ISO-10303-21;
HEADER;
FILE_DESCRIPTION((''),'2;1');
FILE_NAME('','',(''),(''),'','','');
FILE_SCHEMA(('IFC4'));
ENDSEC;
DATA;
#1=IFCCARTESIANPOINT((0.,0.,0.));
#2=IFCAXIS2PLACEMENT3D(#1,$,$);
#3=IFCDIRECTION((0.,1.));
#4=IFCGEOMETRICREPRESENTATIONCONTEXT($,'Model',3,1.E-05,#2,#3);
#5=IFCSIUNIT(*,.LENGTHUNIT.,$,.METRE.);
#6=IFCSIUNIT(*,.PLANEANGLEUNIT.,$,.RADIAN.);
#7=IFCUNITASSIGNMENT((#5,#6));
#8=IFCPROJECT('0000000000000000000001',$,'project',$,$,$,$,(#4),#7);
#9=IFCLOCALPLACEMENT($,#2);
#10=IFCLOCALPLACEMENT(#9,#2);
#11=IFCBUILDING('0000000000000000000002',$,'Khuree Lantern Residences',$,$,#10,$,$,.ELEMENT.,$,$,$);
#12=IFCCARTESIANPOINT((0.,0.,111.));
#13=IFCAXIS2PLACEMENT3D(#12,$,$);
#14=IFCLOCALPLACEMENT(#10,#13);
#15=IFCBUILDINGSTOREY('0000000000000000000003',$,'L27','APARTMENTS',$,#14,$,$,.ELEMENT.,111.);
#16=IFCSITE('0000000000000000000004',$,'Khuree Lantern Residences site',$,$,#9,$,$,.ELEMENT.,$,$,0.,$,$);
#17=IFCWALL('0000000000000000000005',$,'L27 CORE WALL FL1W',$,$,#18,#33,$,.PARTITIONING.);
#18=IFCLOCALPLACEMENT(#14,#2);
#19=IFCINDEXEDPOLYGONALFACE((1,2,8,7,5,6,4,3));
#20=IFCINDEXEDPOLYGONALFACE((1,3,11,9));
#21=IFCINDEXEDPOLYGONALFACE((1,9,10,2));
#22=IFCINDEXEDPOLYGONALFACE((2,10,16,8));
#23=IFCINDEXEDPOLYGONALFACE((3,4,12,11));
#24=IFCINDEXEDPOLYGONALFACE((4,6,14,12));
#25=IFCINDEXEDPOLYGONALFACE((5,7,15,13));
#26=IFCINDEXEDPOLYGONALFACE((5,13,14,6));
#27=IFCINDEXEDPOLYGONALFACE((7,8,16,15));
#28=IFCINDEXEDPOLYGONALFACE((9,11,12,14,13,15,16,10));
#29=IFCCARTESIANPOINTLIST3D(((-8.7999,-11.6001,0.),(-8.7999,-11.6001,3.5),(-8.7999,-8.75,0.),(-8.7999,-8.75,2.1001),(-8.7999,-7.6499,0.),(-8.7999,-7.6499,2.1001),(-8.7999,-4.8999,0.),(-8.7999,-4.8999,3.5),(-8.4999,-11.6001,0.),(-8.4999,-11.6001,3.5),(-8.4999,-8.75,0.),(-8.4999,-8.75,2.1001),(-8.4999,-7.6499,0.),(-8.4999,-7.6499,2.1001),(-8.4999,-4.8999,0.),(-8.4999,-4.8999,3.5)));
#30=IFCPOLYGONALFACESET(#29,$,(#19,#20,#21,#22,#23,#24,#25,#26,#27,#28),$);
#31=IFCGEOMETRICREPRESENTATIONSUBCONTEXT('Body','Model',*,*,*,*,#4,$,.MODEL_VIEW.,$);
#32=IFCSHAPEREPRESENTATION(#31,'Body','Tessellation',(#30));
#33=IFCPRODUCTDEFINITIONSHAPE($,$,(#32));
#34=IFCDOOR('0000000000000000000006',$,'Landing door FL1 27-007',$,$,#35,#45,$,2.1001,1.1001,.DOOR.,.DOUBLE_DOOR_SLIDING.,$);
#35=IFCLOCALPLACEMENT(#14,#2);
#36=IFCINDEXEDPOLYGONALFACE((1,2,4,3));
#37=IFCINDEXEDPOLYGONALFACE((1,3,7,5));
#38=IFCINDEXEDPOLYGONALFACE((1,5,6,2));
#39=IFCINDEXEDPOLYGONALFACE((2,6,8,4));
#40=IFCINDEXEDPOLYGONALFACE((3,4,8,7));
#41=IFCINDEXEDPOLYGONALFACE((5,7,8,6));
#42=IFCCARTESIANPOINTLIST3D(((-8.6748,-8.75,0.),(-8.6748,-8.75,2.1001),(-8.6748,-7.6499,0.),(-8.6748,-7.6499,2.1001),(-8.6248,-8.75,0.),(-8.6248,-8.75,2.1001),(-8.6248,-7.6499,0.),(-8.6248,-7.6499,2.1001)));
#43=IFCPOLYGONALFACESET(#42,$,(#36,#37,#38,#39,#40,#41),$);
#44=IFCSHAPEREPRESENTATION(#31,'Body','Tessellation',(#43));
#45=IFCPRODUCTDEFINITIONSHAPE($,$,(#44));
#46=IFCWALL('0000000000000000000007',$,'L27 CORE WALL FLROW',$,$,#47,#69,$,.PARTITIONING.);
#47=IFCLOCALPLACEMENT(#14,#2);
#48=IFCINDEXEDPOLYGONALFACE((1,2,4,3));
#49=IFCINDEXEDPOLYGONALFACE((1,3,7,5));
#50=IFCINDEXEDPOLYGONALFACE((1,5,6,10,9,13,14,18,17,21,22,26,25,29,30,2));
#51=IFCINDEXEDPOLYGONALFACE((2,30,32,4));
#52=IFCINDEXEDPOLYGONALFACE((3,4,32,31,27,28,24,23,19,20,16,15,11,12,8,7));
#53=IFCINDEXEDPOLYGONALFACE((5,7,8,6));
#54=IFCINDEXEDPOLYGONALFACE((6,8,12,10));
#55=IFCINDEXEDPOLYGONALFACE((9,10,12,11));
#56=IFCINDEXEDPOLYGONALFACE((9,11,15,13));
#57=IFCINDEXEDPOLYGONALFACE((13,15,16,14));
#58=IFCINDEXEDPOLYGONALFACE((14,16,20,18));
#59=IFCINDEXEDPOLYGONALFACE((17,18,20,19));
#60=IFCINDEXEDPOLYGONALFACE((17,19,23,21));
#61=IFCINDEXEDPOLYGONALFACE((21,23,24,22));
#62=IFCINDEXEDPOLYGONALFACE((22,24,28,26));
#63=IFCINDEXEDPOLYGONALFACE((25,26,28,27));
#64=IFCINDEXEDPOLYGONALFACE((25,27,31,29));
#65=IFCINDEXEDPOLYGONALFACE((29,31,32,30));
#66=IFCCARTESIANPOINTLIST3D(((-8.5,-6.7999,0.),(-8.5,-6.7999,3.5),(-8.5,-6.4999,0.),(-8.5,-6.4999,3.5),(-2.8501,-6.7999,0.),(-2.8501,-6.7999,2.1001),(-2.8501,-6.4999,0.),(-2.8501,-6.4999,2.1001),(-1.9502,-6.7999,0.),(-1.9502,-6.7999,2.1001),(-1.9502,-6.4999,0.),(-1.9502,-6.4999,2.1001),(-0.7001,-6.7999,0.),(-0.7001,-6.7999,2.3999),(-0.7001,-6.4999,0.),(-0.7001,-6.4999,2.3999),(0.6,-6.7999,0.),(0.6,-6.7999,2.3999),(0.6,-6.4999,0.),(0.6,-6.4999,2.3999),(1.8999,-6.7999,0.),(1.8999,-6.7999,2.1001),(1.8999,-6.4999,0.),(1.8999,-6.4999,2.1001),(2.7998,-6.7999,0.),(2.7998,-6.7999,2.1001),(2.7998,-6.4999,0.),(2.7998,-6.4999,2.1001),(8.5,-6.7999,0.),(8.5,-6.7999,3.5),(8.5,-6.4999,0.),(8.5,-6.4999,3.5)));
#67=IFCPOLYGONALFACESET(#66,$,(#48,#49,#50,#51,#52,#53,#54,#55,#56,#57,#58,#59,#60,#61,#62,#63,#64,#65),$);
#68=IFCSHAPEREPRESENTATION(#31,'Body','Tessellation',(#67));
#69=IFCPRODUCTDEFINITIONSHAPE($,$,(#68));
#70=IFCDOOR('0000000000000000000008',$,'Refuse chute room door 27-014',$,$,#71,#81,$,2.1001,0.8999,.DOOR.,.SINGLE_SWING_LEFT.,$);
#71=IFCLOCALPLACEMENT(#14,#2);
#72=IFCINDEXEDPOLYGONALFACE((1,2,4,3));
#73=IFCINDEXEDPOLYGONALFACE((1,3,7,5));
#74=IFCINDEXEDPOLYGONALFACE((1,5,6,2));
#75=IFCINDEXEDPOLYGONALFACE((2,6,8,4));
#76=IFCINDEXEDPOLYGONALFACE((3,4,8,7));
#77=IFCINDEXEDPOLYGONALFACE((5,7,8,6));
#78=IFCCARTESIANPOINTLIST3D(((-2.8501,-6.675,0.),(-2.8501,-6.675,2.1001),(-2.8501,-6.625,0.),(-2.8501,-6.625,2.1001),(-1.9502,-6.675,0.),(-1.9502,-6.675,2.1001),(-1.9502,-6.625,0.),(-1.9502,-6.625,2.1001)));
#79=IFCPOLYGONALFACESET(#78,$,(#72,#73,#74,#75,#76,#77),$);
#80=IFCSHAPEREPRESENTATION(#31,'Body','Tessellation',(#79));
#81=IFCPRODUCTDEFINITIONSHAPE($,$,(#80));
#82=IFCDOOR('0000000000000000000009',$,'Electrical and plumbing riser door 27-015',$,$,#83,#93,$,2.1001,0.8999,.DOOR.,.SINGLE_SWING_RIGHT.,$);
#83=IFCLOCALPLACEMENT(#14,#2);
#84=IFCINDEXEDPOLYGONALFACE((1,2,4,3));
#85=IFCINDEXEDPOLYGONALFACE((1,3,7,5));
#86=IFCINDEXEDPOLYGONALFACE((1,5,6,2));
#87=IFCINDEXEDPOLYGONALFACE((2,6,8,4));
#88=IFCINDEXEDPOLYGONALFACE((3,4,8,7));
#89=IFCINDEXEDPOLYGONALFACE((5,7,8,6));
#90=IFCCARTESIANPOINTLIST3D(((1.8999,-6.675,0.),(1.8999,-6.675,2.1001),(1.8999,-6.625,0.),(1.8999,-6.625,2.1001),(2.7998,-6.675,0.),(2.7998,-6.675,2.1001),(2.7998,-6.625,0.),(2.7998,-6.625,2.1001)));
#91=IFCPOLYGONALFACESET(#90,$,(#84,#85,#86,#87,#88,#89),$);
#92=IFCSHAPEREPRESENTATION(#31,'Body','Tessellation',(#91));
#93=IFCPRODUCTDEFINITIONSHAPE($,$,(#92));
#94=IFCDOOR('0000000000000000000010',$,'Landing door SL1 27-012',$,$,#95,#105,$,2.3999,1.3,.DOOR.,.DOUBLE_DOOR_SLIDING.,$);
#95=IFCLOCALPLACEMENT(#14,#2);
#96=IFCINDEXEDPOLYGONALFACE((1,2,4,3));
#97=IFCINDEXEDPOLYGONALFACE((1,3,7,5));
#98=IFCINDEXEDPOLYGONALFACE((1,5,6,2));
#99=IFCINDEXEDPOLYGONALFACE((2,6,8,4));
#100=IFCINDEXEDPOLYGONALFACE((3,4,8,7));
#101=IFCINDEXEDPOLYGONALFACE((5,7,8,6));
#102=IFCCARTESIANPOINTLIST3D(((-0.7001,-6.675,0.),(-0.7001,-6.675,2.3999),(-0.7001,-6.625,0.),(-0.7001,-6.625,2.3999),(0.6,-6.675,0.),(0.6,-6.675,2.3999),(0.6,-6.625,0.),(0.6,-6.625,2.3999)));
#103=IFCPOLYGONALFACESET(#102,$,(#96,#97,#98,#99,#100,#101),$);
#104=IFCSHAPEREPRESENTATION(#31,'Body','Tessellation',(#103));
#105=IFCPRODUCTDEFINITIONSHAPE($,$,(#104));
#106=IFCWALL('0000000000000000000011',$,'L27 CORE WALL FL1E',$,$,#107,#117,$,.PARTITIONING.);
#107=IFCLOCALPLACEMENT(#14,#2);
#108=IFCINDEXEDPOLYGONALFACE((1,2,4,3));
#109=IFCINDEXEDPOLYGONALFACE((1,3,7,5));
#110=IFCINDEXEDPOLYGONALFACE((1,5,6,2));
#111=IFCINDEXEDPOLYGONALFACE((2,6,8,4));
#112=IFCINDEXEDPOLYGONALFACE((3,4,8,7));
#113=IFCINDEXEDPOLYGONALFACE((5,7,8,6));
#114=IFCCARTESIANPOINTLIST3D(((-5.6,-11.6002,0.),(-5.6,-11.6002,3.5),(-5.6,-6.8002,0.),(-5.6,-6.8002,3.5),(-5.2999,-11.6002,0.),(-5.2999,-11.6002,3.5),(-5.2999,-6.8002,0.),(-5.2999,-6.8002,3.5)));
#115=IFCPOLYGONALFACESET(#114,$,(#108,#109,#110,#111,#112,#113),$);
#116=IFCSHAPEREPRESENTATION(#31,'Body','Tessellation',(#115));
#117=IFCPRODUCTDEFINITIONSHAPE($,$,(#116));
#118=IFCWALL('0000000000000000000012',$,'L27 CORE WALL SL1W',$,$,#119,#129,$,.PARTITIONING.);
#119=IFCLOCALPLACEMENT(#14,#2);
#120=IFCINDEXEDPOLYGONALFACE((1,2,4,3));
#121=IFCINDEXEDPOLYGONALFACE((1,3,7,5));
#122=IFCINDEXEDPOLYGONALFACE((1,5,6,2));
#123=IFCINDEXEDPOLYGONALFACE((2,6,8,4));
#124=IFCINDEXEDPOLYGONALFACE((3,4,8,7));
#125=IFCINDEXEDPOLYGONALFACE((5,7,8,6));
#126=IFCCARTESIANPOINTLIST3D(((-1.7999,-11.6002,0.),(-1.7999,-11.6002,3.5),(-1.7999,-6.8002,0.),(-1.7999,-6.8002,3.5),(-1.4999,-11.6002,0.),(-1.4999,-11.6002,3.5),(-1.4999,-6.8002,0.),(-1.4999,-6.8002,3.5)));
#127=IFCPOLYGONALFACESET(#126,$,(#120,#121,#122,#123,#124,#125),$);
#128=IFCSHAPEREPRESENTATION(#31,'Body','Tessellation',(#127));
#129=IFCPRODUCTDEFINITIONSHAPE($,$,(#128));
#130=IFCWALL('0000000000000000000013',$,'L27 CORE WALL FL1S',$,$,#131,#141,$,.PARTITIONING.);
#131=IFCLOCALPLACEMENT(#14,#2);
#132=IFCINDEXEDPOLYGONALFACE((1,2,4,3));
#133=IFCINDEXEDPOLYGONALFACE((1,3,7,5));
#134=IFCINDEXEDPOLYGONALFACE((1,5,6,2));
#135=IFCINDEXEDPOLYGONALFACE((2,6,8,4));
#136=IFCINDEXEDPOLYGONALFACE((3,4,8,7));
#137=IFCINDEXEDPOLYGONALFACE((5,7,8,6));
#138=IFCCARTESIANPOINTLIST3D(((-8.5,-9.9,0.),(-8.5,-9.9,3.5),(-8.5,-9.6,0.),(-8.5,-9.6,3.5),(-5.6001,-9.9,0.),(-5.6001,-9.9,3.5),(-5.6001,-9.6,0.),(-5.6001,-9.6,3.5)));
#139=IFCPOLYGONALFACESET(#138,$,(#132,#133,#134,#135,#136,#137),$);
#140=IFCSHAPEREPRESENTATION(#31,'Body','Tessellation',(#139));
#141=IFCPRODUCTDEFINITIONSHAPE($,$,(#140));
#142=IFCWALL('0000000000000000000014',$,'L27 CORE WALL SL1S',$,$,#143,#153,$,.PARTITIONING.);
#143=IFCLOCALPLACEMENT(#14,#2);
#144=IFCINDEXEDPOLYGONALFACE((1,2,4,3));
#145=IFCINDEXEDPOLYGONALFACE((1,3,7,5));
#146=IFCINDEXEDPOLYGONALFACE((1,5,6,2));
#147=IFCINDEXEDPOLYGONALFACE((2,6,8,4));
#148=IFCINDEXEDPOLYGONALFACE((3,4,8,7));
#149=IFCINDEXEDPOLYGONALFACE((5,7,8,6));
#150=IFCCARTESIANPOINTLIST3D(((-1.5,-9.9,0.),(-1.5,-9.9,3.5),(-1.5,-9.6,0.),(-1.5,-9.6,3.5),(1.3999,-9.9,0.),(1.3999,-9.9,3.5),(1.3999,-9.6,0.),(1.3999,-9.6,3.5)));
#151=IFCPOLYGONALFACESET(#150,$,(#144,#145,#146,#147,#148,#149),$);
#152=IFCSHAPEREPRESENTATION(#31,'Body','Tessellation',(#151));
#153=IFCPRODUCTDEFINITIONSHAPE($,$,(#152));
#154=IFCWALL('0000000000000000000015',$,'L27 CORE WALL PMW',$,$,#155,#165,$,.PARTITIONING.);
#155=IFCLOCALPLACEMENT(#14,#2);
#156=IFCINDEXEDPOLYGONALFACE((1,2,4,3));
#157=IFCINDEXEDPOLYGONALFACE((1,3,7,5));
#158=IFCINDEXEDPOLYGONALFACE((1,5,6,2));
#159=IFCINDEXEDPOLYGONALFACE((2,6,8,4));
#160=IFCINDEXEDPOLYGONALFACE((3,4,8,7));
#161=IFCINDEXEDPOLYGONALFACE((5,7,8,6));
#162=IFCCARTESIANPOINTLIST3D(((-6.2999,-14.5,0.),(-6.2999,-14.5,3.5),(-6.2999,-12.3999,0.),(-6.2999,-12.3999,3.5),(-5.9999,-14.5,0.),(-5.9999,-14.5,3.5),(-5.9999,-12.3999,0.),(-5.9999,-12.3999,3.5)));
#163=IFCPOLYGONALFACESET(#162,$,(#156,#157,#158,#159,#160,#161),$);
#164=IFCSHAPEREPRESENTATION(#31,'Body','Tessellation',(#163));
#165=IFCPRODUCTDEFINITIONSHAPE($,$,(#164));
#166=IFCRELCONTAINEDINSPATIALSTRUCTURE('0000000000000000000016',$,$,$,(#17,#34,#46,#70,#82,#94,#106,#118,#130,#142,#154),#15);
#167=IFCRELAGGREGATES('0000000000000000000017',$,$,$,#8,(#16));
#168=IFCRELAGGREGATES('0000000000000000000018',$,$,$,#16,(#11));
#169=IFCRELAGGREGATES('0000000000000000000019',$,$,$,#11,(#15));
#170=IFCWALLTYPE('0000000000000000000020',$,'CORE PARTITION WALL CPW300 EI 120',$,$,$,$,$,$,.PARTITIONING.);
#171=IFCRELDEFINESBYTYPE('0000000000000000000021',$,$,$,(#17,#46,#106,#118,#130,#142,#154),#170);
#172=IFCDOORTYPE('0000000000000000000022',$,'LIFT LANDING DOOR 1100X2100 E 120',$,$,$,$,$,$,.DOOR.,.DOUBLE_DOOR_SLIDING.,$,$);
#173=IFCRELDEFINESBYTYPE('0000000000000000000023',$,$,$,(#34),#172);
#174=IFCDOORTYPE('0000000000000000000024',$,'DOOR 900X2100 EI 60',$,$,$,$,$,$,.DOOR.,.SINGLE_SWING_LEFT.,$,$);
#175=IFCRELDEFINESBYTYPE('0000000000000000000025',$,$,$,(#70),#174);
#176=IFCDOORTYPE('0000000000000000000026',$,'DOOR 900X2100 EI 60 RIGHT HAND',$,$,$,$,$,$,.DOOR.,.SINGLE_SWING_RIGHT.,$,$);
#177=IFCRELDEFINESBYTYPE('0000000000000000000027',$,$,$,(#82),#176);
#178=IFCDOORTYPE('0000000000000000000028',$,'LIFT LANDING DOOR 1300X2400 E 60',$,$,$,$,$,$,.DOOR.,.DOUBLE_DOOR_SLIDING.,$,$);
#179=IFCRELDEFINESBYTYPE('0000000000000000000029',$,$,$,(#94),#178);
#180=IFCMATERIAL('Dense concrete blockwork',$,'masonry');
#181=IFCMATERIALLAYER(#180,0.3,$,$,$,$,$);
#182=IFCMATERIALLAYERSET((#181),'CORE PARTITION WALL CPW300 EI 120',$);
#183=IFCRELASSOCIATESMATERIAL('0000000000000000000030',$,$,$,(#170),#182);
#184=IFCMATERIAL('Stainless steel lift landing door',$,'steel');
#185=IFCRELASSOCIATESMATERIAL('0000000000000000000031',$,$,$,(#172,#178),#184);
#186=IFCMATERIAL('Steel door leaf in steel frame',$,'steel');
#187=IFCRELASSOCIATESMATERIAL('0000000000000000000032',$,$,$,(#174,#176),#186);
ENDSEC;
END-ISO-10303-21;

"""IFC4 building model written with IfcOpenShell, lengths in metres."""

from ifc_helpers import new_model, si_unit, direction, frame, frame_2d, origin, place, context, subcontext, project, spatial, rectangle, extrude, material, layer, layer_set, type_object, element, fill, save


model = new_model("IFC4")

# Units and contexts
model_context = context("Model", 3, precision=1e-05, world=origin(), true_north=direction((0.0, 1.0)))
body_context = subcontext(model_context, "Body", "Model", "MODEL_VIEW")
ifc_project = project(units=[si_unit("LENGTHUNIT", "METRE"), si_unit("PLANEANGLEUNIT", "RADIAN")], contexts=[model_context])

# Site, building, storey
site_placement = place(None, origin())
site = spatial("IfcSite", under=ifc_project, at=site_placement, Name="Khuree Lantern Residences site", CompositionType="ELEMENT", RefElevation=0.0)
building_placement = place(site_placement, origin())
building = spatial("IfcBuilding", under=site, at=building_placement, Name="Khuree Lantern Residences", CompositionType="ELEMENT")
storey_placement = place(building_placement, frame((0.0, 0.0, 111.0)))
storey = spatial("IfcBuildingStorey", under=building, at=storey_placement, Name="L27", Description="APARTMENTS", CompositionType="ELEMENT", Elevation=111.0)

# Wall, opening, door
ifc_material_1 = material(Name="Dense concrete blockwork", Category="masonry")
ifc_layer_1 = layer(ifc_material_1, 0.3)
ifc_layer_set_1 = layer_set([ifc_layer_1], Name="CORE PARTITION WALL CPW300 EI 120")
wall_type_1 = type_object("IfcWallType", Name="CORE PARTITION WALL CPW300 EI 120", PredefinedType="PARTITIONING", material=ifc_layer_set_1)
wall_1_placement = place(storey_placement, frame((-8.6499, -11.6001, 0.0), z_axis=(0.0, 0.0, 1.0), x_axis=(0.0, 1.0, 0.0)))
wall_1 = element("IfcWall", 1, at=wall_1_placement, inside=storey, type_object=wall_type_1, Name="L27 CORE WALL FL1W", PredefinedType="PARTITIONING", context=body_context, shape_type="SweptSolid", body=[
    extrude(rectangle(XDim=6.7002, YDim=0.3, at=frame_2d((3.3501, 0.0))), origin(), (0.0, 0.0, 1.0), 3.5),
])
opening_1_placement = place(wall_1_placement, frame((2.8501, 0.0, 0.0)))
opening_1 = element("IfcOpeningElement", 2, at=opening_1_placement, cuts=wall_1, PredefinedType="OPENING", context=body_context, shape_type="SweptSolid", body=[
    extrude(rectangle(XDim=1.1001, YDim=2.1001, at=frame_2d((0.55, 1.05))), frame((0.0, 0.1602, 0.0), z_axis=(0.0, -1.0, 0.0), x_axis=(1.0, 0.0, 0.0)), (0.0, 0.0, 1.0), 0.3201),
])
ifc_material_2 = material(Name="Stainless steel lift landing door", Category="steel")
door_type_1 = type_object("IfcDoorType", Name="LIFT LANDING DOOR 1100X2100 E 120", OperationType="DOUBLE_DOOR_SLIDING", PredefinedType="DOOR", material=ifc_material_2)
door_1_placement = place(opening_1_placement, origin())
door_1 = element("IfcDoor", 3, at=door_1_placement, inside=storey, type_object=door_type_1, Name="Landing door FL1 27-007", OperationType="DOUBLE_DOOR_SLIDING", OverallHeight=2.1001, OverallWidth=1.1001, PredefinedType="DOOR", context=body_context, shape_type="SweptSolid", body=[
    extrude(rectangle(XDim=1.1001, YDim=2.1001, at=frame_2d((0.55, 1.05))), frame((0.0, 0.0249, 0.0), z_axis=(0.0, -1.0, 0.0), x_axis=(1.0, 0.0, 0.0)), (0.0, 0.0, 1.0), 0.05),
])
fill(opening_1, door_1)

# Wall, openings, doors
wall_2_placement = place(storey_placement, frame((-8.5, -6.6499, 0.0), z_axis=(0.0, 0.0, 1.0), x_axis=(1.0, 0.0, 0.0)))
wall_2 = element("IfcWall", 4, at=wall_2_placement, inside=storey, type_object=wall_type_1, Name="L27 CORE WALL FLROW", PredefinedType="PARTITIONING", context=body_context, shape_type="SweptSolid", body=[
    extrude(rectangle(XDim=17.0, YDim=0.3, at=frame_2d((8.5, 0.0))), origin(), (0.0, 0.0, 1.0), 3.5),
])
opening_2_placement = place(wall_2_placement, frame((7.8, 0.0, 0.0)))
opening_2 = element("IfcOpeningElement", 5, at=opening_2_placement, cuts=wall_2, PredefinedType="OPENING", context=body_context, shape_type="SweptSolid", body=[
    extrude(rectangle(XDim=1.3, YDim=2.3999, at=frame_2d((0.6499, 1.2))), frame((0.0, 0.1602, 0.0), z_axis=(0.0, -1.0, 0.0), x_axis=(1.0, 0.0, 0.0)), (0.0, 0.0, 1.0), 0.3201),
])
opening_3_placement = place(wall_2_placement, frame((5.6499, 0.0, 0.0)))
opening_3 = element("IfcOpeningElement", 6, at=opening_3_placement, cuts=wall_2, PredefinedType="OPENING", context=body_context, shape_type="SweptSolid", body=[
    extrude(rectangle(XDim=0.8999, YDim=2.1001, at=frame_2d((0.45, 1.05))), frame((0.0, 0.1602, 0.0), z_axis=(0.0, -1.0, 0.0), x_axis=(1.0, 0.0, 0.0)), (0.0, 0.0, 1.0), 0.3201),
])
opening_4_placement = place(wall_2_placement, frame((10.3999, 0.0, 0.0)))
opening_4 = element("IfcOpeningElement", 7, at=opening_4_placement, cuts=wall_2, PredefinedType="OPENING", context=body_context, shape_type="SweptSolid", body=[
    extrude(rectangle(XDim=0.8999, YDim=2.1001, at=frame_2d((0.45, 1.05))), frame((0.0, 0.1602, 0.0), z_axis=(0.0, -1.0, 0.0), x_axis=(1.0, 0.0, 0.0)), (0.0, 0.0, 1.0), 0.3201),
])
ifc_material_3 = material(Name="Steel door leaf in steel frame", Category="steel")
door_type_2 = type_object("IfcDoorType", Name="DOOR 900X2100 EI 60", OperationType="SINGLE_SWING_LEFT", PredefinedType="DOOR", material=ifc_material_3)
door_2_placement = place(opening_3_placement, origin())
door_2 = element("IfcDoor", 8, at=door_2_placement, inside=storey, type_object=door_type_2, Name="Refuse chute room door 27-014", OperationType="SINGLE_SWING_LEFT", OverallHeight=2.1001, OverallWidth=0.8999, PredefinedType="DOOR", context=body_context, shape_type="SweptSolid", body=[
    extrude(rectangle(XDim=0.8999, YDim=2.1001, at=frame_2d((0.45, 1.05))), frame((0.0, 0.0249, 0.0), z_axis=(0.0, -1.0, 0.0), x_axis=(1.0, 0.0, 0.0)), (0.0, 0.0, 1.0), 0.05),
])
fill(opening_3, door_2)
door_type_3 = type_object("IfcDoorType", Name="DOOR 900X2100 EI 60 RIGHT HAND", OperationType="SINGLE_SWING_RIGHT", PredefinedType="DOOR", material=ifc_material_3)
door_3_placement = place(opening_4_placement, origin())
door_3 = element("IfcDoor", 9, at=door_3_placement, inside=storey, type_object=door_type_3, Name="Electrical and plumbing riser door 27-015", OperationType="SINGLE_SWING_RIGHT", OverallHeight=2.1001, OverallWidth=0.8999, PredefinedType="DOOR", context=body_context, shape_type="SweptSolid", body=[
    extrude(rectangle(XDim=0.8999, YDim=2.1001, at=frame_2d((0.45, 1.05))), frame((0.0, 0.0249, 0.0), z_axis=(0.0, -1.0, 0.0), x_axis=(1.0, 0.0, 0.0)), (0.0, 0.0, 1.0), 0.05),
])
fill(opening_4, door_3)
door_type_4 = type_object("IfcDoorType", Name="LIFT LANDING DOOR 1300X2400 E 60", OperationType="DOUBLE_DOOR_SLIDING", PredefinedType="DOOR", material=ifc_material_2)
door_4_placement = place(opening_2_placement, origin())
door_4 = element("IfcDoor", 10, at=door_4_placement, inside=storey, type_object=door_type_4, Name="Landing door SL1 27-012", OperationType="DOUBLE_DOOR_SLIDING", OverallHeight=2.3999, OverallWidth=1.3, PredefinedType="DOOR", context=body_context, shape_type="SweptSolid", body=[
    extrude(rectangle(XDim=1.3, YDim=2.3999, at=frame_2d((0.6499, 1.2))), frame((0.0, 0.0249, 0.0), z_axis=(0.0, -1.0, 0.0), x_axis=(1.0, 0.0, 0.0)), (0.0, 0.0, 1.0), 0.05),
])
fill(opening_2, door_4)

# Walls
for number, where, z_axis, x_axis, name in (
    (11, (-5.45, -11.6001, 0.0), (0.0, 0.0, 1.0), (0.0, 1.0, 0.0), "L27 CORE WALL FL1E"),
    (12, (-1.6499, -11.6001, 0.0), (0.0, 0.0, 1.0), (0.0, 1.0, 0.0), "L27 CORE WALL SL1W"),
):
    element("IfcWall", number, at=place(storey_placement, frame(where, z_axis=z_axis, x_axis=x_axis)), inside=storey, type_object=wall_type_1, Name=name, PredefinedType="PARTITIONING", context=body_context, shape_type="SweptSolid", body=[
        extrude(rectangle(XDim=4.8, YDim=0.3, at=frame_2d((2.3999, 0.0))), origin(), (0.0, 0.0, 1.0), 3.5),
    ])
for number, where, z_axis, x_axis, name in (
    (13, (-8.5, -9.75, 0.0), (0.0, 0.0, 1.0), (1.0, 0.0, 0.0), "L27 CORE WALL FL1S"),
    (14, (-1.5, -9.75, 0.0), (0.0, 0.0, 1.0), (1.0, 0.0, 0.0), "L27 CORE WALL SL1S"),
):
    element("IfcWall", number, at=place(storey_placement, frame(where, z_axis=z_axis, x_axis=x_axis)), inside=storey, type_object=wall_type_1, Name=name, PredefinedType="PARTITIONING", context=body_context, shape_type="SweptSolid", body=[
        extrude(rectangle(XDim=2.8999, YDim=0.3, at=frame_2d((1.45, 0.0))), origin(), (0.0, 0.0, 1.0), 3.5),
    ])
wall_3_placement = place(storey_placement, frame((-6.1499, -14.5, 0.0), z_axis=(0.0, 0.0, 1.0), x_axis=(0.0, 1.0, 0.0)))
element("IfcWall", 15, at=wall_3_placement, inside=storey, type_object=wall_type_1, Name="L27 CORE WALL PMW", PredefinedType="PARTITIONING", context=body_context, shape_type="SweptSolid", body=[
    extrude(rectangle(XDim=2.1001, YDim=0.3, at=frame_2d((1.05, 0.0))), origin(), (0.0, 0.0, 1.0), 3.5),
])

save(model, "model.ifc")
